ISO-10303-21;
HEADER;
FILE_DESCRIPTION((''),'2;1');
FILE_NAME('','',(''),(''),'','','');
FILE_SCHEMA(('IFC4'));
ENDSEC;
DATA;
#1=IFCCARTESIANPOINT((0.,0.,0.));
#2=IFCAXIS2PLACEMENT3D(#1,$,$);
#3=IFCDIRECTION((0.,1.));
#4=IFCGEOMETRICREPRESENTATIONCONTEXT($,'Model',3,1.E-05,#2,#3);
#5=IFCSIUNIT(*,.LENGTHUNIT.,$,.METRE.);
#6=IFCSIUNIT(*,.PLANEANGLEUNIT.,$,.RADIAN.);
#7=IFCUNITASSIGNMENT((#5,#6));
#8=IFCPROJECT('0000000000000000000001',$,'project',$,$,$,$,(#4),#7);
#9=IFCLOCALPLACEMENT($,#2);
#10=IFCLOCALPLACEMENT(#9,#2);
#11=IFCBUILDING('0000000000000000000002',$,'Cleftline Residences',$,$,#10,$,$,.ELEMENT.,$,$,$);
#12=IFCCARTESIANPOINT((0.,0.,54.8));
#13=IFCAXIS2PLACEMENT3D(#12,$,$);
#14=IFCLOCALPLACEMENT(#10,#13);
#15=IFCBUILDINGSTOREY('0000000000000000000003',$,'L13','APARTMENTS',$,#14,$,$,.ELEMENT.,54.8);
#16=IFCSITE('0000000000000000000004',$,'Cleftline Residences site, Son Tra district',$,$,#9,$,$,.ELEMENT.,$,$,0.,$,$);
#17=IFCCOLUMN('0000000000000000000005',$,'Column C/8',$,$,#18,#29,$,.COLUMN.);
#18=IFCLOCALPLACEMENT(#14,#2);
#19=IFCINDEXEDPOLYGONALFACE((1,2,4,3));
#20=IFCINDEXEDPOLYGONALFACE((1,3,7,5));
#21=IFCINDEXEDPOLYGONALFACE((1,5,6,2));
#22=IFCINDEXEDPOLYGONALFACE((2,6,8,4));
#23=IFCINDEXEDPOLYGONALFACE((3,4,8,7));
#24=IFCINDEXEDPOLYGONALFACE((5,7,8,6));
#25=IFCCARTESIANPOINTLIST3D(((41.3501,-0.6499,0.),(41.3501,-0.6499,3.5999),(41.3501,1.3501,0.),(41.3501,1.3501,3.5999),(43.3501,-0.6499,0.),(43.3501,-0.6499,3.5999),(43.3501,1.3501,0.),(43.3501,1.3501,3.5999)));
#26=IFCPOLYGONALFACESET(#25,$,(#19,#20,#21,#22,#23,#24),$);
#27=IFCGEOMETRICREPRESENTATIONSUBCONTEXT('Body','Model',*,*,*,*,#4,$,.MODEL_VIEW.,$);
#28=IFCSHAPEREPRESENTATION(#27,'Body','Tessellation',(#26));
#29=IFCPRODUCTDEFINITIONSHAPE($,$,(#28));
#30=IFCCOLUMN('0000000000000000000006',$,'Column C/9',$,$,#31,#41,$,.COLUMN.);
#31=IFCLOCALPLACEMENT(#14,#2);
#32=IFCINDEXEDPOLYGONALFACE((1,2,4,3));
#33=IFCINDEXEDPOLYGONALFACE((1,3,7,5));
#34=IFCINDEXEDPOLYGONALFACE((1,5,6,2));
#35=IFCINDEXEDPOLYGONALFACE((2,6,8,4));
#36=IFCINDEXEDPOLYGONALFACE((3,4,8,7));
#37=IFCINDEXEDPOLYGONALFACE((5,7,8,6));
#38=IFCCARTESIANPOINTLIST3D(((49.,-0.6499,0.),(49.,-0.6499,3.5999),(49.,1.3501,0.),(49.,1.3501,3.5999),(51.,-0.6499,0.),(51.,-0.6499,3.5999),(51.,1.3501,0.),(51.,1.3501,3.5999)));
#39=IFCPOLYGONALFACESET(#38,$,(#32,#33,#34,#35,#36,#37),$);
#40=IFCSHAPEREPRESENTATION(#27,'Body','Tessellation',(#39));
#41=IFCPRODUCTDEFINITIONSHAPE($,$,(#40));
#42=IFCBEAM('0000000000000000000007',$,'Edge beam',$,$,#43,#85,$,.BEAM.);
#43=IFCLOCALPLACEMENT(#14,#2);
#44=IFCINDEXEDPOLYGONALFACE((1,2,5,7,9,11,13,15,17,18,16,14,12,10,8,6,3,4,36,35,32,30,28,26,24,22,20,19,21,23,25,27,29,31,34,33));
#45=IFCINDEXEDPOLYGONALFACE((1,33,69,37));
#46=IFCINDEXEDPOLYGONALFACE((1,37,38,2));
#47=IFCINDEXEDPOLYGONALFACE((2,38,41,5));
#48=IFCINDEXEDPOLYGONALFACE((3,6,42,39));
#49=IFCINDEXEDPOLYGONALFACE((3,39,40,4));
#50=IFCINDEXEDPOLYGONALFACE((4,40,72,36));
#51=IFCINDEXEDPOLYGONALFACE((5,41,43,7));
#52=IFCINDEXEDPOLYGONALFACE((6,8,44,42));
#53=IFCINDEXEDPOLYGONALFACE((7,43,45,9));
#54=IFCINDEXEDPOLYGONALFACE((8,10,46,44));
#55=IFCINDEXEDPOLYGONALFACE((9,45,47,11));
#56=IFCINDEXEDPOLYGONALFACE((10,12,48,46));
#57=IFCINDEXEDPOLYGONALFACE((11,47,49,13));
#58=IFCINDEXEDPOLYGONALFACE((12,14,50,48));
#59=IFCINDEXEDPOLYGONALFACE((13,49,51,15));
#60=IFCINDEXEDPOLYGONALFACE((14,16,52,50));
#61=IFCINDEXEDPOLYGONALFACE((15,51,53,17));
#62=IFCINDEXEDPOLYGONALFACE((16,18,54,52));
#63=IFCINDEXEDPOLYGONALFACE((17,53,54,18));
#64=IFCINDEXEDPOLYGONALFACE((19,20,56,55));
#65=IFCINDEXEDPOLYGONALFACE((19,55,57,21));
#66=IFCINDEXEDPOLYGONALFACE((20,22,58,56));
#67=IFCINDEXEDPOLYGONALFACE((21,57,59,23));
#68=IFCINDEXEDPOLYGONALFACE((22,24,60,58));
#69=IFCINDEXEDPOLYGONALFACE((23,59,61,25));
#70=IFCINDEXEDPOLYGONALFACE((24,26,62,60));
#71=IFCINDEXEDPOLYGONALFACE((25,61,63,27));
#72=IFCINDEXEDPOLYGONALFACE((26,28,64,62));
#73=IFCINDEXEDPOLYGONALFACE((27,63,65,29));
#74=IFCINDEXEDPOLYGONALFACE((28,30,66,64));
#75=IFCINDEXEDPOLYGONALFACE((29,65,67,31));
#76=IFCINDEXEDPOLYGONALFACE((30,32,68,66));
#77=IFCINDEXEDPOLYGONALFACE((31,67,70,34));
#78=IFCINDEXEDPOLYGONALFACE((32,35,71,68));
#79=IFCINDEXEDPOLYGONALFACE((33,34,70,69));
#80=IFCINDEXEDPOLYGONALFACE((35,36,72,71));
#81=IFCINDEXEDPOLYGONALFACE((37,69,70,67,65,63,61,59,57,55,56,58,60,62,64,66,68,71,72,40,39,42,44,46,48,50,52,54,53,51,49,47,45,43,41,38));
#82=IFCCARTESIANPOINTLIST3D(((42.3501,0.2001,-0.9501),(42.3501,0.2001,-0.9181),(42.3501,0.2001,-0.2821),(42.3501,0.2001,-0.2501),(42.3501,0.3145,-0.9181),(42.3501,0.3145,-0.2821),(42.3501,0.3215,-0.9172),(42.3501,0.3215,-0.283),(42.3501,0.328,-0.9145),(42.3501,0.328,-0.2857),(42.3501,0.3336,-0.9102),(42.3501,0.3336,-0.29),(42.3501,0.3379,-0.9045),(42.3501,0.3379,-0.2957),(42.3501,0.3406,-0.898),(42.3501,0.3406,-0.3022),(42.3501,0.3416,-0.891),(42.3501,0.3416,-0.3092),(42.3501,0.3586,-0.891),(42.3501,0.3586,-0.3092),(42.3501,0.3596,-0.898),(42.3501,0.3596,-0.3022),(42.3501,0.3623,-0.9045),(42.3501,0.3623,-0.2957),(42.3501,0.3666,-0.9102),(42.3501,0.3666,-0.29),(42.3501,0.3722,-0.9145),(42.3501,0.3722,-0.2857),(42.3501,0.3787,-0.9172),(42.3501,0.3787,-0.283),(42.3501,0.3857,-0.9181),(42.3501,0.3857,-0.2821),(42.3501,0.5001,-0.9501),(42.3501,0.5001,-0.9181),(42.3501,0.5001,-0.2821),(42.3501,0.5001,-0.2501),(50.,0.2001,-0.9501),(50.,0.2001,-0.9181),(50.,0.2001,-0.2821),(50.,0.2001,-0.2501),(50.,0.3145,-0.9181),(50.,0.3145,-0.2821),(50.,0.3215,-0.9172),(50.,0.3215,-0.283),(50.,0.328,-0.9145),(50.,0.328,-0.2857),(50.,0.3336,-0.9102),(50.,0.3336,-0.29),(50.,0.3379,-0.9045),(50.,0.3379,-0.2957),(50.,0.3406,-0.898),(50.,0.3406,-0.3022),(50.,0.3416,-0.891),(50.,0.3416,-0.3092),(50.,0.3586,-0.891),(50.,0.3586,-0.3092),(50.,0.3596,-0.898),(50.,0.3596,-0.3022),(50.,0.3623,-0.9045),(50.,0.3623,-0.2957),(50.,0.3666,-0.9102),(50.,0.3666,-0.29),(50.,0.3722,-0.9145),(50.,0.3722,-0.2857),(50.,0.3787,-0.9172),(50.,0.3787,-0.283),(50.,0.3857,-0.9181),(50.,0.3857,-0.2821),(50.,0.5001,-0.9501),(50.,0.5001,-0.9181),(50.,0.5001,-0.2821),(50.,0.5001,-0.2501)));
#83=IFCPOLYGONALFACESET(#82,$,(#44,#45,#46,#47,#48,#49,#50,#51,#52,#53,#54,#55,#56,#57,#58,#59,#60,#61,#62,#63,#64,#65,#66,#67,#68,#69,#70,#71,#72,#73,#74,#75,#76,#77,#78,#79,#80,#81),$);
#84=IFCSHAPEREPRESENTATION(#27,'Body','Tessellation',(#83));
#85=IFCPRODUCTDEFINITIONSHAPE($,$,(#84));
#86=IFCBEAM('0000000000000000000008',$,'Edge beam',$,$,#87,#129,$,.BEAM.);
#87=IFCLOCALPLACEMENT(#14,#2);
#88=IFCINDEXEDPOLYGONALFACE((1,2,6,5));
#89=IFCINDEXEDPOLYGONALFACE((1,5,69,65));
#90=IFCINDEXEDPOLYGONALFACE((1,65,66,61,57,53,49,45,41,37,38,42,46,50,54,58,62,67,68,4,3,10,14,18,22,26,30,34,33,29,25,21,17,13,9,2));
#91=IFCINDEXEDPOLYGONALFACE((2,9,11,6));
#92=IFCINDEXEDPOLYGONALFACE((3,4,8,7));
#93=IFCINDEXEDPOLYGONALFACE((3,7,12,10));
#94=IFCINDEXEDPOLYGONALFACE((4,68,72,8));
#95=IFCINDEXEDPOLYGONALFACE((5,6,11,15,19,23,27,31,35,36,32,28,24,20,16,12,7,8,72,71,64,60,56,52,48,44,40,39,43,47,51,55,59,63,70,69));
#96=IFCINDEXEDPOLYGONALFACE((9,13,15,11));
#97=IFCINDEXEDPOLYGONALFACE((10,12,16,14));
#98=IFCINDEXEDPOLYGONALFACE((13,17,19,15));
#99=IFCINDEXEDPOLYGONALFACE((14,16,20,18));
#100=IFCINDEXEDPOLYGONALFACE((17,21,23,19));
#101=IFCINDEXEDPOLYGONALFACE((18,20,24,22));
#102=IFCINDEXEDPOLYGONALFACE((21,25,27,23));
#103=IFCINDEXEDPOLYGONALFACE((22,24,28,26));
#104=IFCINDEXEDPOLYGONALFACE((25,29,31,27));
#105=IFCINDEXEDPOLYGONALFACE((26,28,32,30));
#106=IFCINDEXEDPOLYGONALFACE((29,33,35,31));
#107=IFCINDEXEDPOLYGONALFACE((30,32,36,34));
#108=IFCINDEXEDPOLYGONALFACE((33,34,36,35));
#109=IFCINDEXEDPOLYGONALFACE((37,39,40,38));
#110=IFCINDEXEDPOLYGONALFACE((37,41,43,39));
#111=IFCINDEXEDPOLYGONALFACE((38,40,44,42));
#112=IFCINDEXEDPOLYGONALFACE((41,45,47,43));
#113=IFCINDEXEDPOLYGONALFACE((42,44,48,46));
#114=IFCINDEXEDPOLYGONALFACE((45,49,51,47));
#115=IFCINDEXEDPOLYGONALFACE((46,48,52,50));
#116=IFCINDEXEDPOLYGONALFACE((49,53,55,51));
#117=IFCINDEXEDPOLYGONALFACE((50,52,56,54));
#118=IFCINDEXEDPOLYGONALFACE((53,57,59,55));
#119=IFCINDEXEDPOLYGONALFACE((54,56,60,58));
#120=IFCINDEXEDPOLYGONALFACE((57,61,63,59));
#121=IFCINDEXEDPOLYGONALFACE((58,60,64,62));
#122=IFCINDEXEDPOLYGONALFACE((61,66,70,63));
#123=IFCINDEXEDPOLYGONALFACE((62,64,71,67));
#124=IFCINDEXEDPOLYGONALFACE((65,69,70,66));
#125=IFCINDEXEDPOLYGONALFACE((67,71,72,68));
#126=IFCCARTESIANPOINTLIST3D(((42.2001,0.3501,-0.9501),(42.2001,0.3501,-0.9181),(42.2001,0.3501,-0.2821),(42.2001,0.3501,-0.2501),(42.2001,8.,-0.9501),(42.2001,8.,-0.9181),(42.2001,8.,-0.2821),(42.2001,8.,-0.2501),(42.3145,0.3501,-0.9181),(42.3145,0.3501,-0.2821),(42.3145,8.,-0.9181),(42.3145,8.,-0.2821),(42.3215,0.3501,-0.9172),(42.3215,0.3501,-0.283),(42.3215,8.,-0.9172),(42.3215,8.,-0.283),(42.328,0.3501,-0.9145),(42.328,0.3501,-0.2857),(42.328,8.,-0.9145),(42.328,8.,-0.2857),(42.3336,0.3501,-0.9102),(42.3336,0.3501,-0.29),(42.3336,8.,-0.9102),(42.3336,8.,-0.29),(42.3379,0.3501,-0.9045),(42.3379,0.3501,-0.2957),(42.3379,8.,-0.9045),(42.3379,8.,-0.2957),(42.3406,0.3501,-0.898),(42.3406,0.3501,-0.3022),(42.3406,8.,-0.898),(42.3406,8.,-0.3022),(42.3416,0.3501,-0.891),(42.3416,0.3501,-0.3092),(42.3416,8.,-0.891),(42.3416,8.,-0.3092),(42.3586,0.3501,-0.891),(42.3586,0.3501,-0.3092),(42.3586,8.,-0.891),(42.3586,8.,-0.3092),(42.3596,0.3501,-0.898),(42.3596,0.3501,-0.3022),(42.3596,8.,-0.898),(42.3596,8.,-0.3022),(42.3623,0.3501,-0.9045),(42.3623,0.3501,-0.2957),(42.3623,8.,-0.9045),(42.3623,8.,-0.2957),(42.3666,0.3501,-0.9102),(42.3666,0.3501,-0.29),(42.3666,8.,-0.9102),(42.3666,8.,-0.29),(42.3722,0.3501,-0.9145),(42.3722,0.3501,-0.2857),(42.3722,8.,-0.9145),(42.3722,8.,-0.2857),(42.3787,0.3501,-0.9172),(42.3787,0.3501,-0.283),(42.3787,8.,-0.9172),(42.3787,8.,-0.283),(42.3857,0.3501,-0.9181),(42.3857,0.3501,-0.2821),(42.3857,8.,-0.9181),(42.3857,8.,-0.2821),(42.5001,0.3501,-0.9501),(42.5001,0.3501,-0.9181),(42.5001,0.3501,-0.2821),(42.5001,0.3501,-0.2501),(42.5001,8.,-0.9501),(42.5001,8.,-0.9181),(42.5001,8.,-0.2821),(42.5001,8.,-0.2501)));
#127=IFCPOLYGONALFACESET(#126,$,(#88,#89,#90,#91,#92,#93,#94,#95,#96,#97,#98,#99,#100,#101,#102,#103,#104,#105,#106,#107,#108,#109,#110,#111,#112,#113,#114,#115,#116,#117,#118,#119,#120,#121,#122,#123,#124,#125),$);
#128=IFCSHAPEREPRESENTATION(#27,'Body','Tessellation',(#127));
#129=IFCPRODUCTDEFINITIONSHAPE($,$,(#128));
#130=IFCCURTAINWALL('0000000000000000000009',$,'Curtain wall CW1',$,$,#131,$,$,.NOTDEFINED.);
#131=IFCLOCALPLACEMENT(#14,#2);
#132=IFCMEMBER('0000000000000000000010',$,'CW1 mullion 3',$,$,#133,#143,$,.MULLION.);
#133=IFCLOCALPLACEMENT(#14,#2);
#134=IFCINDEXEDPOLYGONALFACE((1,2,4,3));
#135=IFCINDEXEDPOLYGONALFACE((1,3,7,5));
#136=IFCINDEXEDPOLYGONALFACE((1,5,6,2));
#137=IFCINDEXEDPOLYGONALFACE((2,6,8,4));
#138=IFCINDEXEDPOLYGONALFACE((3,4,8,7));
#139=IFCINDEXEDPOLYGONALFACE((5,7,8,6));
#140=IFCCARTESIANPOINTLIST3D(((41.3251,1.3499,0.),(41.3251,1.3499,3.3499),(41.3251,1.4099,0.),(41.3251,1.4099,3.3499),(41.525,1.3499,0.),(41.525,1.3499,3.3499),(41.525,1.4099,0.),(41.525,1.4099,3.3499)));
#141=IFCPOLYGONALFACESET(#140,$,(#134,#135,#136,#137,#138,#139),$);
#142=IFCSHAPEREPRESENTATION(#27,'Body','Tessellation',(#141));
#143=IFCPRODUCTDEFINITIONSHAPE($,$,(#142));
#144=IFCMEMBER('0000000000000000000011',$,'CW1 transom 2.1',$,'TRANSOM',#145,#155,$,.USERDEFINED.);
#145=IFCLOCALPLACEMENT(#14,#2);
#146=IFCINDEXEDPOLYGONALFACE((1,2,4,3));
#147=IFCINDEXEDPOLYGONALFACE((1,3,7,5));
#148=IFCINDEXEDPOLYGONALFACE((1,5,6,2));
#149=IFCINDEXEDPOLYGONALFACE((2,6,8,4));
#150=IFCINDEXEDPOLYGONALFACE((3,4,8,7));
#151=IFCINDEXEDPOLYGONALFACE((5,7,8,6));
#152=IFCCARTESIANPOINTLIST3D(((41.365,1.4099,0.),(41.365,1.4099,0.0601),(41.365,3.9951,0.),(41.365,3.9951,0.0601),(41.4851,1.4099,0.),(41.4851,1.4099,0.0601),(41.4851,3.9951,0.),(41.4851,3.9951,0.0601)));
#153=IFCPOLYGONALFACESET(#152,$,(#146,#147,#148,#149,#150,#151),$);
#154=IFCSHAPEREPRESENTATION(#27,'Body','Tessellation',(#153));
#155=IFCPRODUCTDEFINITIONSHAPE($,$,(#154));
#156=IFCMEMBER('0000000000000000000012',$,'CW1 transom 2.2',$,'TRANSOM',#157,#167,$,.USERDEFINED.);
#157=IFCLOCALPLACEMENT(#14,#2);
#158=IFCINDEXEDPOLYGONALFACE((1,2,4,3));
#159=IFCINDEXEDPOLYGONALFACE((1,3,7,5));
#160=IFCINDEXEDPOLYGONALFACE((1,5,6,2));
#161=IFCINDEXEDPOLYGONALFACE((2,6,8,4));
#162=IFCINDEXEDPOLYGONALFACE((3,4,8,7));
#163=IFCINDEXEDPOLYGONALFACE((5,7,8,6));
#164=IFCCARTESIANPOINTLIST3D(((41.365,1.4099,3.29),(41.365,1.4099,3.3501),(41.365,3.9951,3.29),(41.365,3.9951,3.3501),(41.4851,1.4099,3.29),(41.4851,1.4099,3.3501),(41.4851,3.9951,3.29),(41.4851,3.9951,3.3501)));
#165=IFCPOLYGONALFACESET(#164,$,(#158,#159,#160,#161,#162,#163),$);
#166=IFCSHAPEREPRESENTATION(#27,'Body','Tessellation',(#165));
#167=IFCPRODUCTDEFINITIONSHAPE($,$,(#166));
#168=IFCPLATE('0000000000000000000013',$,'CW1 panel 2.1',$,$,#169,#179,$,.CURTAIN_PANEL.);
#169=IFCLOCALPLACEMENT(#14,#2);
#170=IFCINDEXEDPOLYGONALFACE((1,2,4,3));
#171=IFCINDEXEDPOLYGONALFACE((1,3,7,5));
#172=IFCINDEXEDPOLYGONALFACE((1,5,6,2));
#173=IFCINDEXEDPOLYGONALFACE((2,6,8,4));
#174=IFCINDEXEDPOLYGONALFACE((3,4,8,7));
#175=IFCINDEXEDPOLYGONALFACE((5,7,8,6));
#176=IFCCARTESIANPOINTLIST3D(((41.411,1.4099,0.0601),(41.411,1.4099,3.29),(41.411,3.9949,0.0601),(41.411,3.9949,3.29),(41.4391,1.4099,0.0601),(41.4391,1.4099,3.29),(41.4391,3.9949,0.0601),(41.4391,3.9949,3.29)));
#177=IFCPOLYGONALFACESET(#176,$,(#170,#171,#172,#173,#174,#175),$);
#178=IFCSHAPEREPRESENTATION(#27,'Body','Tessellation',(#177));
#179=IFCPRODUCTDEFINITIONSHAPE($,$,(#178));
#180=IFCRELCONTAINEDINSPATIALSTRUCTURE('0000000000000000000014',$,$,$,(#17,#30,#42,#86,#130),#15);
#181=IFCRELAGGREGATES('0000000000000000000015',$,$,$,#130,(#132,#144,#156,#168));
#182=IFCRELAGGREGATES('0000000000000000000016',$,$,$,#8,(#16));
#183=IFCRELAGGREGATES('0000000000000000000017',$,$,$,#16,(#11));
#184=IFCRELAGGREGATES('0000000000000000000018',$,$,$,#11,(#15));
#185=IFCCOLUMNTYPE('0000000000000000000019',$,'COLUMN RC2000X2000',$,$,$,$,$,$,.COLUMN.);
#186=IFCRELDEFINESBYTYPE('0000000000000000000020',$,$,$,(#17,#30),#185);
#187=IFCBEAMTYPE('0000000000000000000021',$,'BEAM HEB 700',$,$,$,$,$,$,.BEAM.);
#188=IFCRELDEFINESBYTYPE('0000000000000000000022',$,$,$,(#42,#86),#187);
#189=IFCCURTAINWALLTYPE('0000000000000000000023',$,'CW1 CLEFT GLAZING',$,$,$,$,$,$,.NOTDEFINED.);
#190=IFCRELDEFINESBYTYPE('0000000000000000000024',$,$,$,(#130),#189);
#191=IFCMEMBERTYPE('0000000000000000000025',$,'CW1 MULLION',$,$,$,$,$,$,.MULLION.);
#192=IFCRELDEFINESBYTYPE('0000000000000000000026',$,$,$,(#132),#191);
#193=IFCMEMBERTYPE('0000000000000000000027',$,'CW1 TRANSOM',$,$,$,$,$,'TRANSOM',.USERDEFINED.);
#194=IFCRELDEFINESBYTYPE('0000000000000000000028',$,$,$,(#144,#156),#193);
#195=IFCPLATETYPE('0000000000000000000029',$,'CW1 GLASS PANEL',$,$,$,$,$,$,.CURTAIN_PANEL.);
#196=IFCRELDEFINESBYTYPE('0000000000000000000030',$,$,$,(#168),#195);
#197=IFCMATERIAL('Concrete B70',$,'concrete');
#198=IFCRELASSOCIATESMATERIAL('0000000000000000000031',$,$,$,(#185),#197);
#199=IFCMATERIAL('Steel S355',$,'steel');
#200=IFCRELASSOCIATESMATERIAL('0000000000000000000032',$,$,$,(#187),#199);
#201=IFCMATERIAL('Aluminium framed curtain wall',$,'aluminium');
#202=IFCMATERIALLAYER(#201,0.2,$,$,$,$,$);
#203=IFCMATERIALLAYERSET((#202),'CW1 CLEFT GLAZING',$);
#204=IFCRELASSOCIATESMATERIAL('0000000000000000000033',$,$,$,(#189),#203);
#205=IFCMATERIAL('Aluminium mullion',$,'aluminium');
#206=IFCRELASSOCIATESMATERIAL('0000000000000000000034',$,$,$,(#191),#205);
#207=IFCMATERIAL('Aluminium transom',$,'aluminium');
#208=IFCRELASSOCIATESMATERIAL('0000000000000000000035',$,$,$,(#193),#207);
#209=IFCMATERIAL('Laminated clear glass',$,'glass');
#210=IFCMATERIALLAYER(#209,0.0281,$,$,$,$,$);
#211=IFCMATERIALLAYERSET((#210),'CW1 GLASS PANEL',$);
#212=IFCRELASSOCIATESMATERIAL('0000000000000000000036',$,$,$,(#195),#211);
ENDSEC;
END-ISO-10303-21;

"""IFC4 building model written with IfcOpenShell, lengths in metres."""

from ifc_helpers import new_model, si_unit, direction, frame, origin, origin_2d, place, context, subcontext, project, spatial, rectangle, i_section, extrude, material, layer, layer_set, material_profile, profile_set, type_object, element, aggregate, save


model = new_model("IFC4")

# Units and contexts
model_context = context("Model", 3, precision=1e-05, world=origin(), true_north=direction((0.0, 1.0)))
body_context = subcontext(model_context, "Body", "Model", "MODEL_VIEW")
ifc_project = project(units=[si_unit("LENGTHUNIT", "METRE"), si_unit("PLANEANGLEUNIT", "RADIAN")], contexts=[model_context])

# Site, building, storey
site_placement = place(None, origin())
site = spatial("IfcSite", under=ifc_project, at=site_placement, Name="Cleftline Residences site, Son Tra district", CompositionType="ELEMENT", RefElevation=0.0)
building_placement = place(site_placement, origin())
building = spatial("IfcBuilding", under=site, at=building_placement, Name="Cleftline Residences", CompositionType="ELEMENT")
storey_placement = place(building_placement, frame((0.0, 0.0, 54.8)))
storey = spatial("IfcBuildingStorey", under=building, at=storey_placement, Name="L13", Description="APARTMENTS", CompositionType="ELEMENT", Elevation=54.8)

# Columns
ifc_material_1 = material(Name="Concrete B70", Category="concrete")
ifc_material_profile_1 = material_profile(ifc_material_1, rectangle(XDim=2.0, YDim=2.0, at=origin_2d()))
ifc_profile_set_1 = profile_set([ifc_material_profile_1], Name="Concrete B70")
column_type = type_object("IfcColumnType", Name="COLUMN RC2000X2000", PredefinedType="COLUMN", material=ifc_profile_set_1)
for number, where, z_axis, x_axis, name in (
    (1, (42.3501, 0.3501, 0.0), (0.0, 0.0, 1.0), (1.0, 0.0, 0.0), "Column C/8"),
    (2, (50.0, 0.3501, 0.0), (0.0, 0.0, 1.0), (1.0, 0.0, 0.0), "Column C/9"),
):
    element("IfcColumn", number, at=place(storey_placement, frame(where, z_axis=z_axis, x_axis=x_axis)), inside=storey, type_object=column_type, Name=name, PredefinedType="COLUMN", context=body_context, shape_type="SweptSolid", body=[
        extrude(rectangle(XDim=2.0, YDim=2.0, at=origin_2d()), origin(), (0.0, 0.0, 1.0), 3.5999),
    ])

# Beams
ifc_material_2 = material(Name="Steel S355", Category="steel")
ifc_material_profile_2 = material_profile(ifc_material_2, i_section(OverallWidth=0.3, OverallDepth=0.7, WebThickness=0.0171, FlangeThickness=0.032, FilletRadius=0.0271, at=origin_2d()))
ifc_profile_set_2 = profile_set([ifc_material_profile_2], Name="Steel S355")
beam_type = type_object("IfcBeamType", Name="BEAM HEB 700", PredefinedType="BEAM", material=ifc_profile_set_2)
for number, where, z_axis, x_axis, name in (
    (3, (50.0, 0.3501, -0.6001), (-1.0, 0.0, 0.0), (0.0, -1.0, 0.0), "Edge beam"),
    (4, (42.3501, 0.3501, -0.6001), (0.0, 1.0, 0.0), (-1.0, 0.0, 0.0), "Edge beam"),
):
    element("IfcBeam", number, at=place(storey_placement, frame(where, z_axis=z_axis, x_axis=x_axis)), inside=storey, type_object=beam_type, Name=name, PredefinedType="BEAM", context=body_context, shape_type="SweptSolid", body=[
        extrude(i_section(OverallWidth=0.3, OverallDepth=0.7, WebThickness=0.0171, FlangeThickness=0.032, FilletRadius=0.0271, at=origin_2d()), origin(), (0.0, 0.0, 1.0), 7.6499),
    ])

# Curtain wall, members, plate
ifc_material_3 = material(Name="Aluminium framed curtain wall", Category="aluminium")
ifc_layer_1 = layer(ifc_material_3, 0.2)
ifc_layer_set_1 = layer_set([ifc_layer_1], Name="CW1 CLEFT GLAZING")
curtain_wall_type = type_object("IfcCurtainWallType", Name="CW1 CLEFT GLAZING", PredefinedType="NOTDEFINED", material=ifc_layer_set_1)
curtain_wall_placement = place(storey_placement, origin())
curtain_wall = element("IfcCurtainWall", 5, at=curtain_wall_placement, inside=storey, type_object=curtain_wall_type, Name="Curtain wall CW1", PredefinedType="NOTDEFINED")
ifc_material_4 = material(Name="Aluminium mullion", Category="aluminium")
ifc_material_profile_3 = material_profile(ifc_material_4, rectangle(XDim=0.2, YDim=0.0601, at=origin_2d()))
ifc_profile_set_3 = profile_set([ifc_material_profile_3], Name="Aluminium mullion")
member_type_1 = type_object("IfcMemberType", Name="CW1 MULLION", PredefinedType="MULLION", material=ifc_profile_set_3)
member_1_placement = place(storey_placement, frame((41.425, 1.3799, 0.0), z_axis=(0.0, 0.0, 1.0), x_axis=(1.0, 0.0, 0.0)))
member_1 = element("IfcMember", 6, at=member_1_placement, type_object=member_type_1, Name="CW1 mullion 3", PredefinedType="MULLION", context=body_context, shape_type="SweptSolid", body=[
    extrude(rectangle(XDim=0.2, YDim=0.0601, at=origin_2d()), origin(), (0.0, 0.0, 1.0), 3.3499),
])
ifc_material_5 = material(Name="Aluminium transom", Category="aluminium")
ifc_material_profile_4 = material_profile(ifc_material_5, rectangle(XDim=0.1201, YDim=0.0601, at=origin_2d()))
ifc_profile_set_4 = profile_set([ifc_material_profile_4], Name="Aluminium transom")
member_type_2 = type_object("IfcMemberType", Name="CW1 TRANSOM", ElementType="TRANSOM", PredefinedType="USERDEFINED", material=ifc_profile_set_4)
member_2_placement = place(storey_placement, frame((41.425, 3.9951, 0.03), z_axis=(0.0, -1.0, 0.0), x_axis=(1.0, 0.0, 0.0)))
member_2 = element("IfcMember", 7, at=member_2_placement, type_object=member_type_2, Name="CW1 transom 2.1", ObjectType="TRANSOM", PredefinedType="USERDEFINED", context=body_context, shape_type="SweptSolid", body=[
    extrude(rectangle(XDim=0.1201, YDim=0.0601, at=origin_2d()), origin(), (0.0, 0.0, 1.0), 2.5852),
])
member_3_placement = place(storey_placement, frame((41.425, 3.9951, 3.3201), z_axis=(0.0, -1.0, 0.0), x_axis=(1.0, 0.0, 0.0)))
member_3 = element("IfcMember", 8, at=member_3_placement, type_object=member_type_2, Name="CW1 transom 2.2", ObjectType="TRANSOM", PredefinedType="USERDEFINED", context=body_context, shape_type="SweptSolid", body=[
    extrude(rectangle(XDim=0.1201, YDim=0.0601, at=origin_2d()), origin(), (0.0, 0.0, 1.0), 2.5852),
])
ifc_material_6 = material(Name="Laminated clear glass", Category="glass")
ifc_layer_2 = layer(ifc_material_6, 0.0281)
ifc_layer_set_2 = layer_set([ifc_layer_2], Name="CW1 GLASS PANEL")
plate_type = type_object("IfcPlateType", Name="CW1 GLASS PANEL", PredefinedType="CURTAIN_PANEL", material=ifc_layer_set_2)
plate_placement = place(storey_placement, frame((41.425, 2.7024, 0.0601), z_axis=(0.0, 0.0, 1.0), x_axis=(0.0, -1.0, 0.0)))
plate = element("IfcPlate", 9, at=plate_placement, type_object=plate_type, Name="CW1 panel 2.1", PredefinedType="CURTAIN_PANEL", context=body_context, shape_type="SweptSolid", body=[
    extrude(rectangle(XDim=2.585, YDim=0.0281, at=origin_2d()), origin(), (0.0, 0.0, 1.0), 3.23),
])
aggregate(curtain_wall, [member_1, member_2, member_3, plate])

save(model, "model.ifc")
